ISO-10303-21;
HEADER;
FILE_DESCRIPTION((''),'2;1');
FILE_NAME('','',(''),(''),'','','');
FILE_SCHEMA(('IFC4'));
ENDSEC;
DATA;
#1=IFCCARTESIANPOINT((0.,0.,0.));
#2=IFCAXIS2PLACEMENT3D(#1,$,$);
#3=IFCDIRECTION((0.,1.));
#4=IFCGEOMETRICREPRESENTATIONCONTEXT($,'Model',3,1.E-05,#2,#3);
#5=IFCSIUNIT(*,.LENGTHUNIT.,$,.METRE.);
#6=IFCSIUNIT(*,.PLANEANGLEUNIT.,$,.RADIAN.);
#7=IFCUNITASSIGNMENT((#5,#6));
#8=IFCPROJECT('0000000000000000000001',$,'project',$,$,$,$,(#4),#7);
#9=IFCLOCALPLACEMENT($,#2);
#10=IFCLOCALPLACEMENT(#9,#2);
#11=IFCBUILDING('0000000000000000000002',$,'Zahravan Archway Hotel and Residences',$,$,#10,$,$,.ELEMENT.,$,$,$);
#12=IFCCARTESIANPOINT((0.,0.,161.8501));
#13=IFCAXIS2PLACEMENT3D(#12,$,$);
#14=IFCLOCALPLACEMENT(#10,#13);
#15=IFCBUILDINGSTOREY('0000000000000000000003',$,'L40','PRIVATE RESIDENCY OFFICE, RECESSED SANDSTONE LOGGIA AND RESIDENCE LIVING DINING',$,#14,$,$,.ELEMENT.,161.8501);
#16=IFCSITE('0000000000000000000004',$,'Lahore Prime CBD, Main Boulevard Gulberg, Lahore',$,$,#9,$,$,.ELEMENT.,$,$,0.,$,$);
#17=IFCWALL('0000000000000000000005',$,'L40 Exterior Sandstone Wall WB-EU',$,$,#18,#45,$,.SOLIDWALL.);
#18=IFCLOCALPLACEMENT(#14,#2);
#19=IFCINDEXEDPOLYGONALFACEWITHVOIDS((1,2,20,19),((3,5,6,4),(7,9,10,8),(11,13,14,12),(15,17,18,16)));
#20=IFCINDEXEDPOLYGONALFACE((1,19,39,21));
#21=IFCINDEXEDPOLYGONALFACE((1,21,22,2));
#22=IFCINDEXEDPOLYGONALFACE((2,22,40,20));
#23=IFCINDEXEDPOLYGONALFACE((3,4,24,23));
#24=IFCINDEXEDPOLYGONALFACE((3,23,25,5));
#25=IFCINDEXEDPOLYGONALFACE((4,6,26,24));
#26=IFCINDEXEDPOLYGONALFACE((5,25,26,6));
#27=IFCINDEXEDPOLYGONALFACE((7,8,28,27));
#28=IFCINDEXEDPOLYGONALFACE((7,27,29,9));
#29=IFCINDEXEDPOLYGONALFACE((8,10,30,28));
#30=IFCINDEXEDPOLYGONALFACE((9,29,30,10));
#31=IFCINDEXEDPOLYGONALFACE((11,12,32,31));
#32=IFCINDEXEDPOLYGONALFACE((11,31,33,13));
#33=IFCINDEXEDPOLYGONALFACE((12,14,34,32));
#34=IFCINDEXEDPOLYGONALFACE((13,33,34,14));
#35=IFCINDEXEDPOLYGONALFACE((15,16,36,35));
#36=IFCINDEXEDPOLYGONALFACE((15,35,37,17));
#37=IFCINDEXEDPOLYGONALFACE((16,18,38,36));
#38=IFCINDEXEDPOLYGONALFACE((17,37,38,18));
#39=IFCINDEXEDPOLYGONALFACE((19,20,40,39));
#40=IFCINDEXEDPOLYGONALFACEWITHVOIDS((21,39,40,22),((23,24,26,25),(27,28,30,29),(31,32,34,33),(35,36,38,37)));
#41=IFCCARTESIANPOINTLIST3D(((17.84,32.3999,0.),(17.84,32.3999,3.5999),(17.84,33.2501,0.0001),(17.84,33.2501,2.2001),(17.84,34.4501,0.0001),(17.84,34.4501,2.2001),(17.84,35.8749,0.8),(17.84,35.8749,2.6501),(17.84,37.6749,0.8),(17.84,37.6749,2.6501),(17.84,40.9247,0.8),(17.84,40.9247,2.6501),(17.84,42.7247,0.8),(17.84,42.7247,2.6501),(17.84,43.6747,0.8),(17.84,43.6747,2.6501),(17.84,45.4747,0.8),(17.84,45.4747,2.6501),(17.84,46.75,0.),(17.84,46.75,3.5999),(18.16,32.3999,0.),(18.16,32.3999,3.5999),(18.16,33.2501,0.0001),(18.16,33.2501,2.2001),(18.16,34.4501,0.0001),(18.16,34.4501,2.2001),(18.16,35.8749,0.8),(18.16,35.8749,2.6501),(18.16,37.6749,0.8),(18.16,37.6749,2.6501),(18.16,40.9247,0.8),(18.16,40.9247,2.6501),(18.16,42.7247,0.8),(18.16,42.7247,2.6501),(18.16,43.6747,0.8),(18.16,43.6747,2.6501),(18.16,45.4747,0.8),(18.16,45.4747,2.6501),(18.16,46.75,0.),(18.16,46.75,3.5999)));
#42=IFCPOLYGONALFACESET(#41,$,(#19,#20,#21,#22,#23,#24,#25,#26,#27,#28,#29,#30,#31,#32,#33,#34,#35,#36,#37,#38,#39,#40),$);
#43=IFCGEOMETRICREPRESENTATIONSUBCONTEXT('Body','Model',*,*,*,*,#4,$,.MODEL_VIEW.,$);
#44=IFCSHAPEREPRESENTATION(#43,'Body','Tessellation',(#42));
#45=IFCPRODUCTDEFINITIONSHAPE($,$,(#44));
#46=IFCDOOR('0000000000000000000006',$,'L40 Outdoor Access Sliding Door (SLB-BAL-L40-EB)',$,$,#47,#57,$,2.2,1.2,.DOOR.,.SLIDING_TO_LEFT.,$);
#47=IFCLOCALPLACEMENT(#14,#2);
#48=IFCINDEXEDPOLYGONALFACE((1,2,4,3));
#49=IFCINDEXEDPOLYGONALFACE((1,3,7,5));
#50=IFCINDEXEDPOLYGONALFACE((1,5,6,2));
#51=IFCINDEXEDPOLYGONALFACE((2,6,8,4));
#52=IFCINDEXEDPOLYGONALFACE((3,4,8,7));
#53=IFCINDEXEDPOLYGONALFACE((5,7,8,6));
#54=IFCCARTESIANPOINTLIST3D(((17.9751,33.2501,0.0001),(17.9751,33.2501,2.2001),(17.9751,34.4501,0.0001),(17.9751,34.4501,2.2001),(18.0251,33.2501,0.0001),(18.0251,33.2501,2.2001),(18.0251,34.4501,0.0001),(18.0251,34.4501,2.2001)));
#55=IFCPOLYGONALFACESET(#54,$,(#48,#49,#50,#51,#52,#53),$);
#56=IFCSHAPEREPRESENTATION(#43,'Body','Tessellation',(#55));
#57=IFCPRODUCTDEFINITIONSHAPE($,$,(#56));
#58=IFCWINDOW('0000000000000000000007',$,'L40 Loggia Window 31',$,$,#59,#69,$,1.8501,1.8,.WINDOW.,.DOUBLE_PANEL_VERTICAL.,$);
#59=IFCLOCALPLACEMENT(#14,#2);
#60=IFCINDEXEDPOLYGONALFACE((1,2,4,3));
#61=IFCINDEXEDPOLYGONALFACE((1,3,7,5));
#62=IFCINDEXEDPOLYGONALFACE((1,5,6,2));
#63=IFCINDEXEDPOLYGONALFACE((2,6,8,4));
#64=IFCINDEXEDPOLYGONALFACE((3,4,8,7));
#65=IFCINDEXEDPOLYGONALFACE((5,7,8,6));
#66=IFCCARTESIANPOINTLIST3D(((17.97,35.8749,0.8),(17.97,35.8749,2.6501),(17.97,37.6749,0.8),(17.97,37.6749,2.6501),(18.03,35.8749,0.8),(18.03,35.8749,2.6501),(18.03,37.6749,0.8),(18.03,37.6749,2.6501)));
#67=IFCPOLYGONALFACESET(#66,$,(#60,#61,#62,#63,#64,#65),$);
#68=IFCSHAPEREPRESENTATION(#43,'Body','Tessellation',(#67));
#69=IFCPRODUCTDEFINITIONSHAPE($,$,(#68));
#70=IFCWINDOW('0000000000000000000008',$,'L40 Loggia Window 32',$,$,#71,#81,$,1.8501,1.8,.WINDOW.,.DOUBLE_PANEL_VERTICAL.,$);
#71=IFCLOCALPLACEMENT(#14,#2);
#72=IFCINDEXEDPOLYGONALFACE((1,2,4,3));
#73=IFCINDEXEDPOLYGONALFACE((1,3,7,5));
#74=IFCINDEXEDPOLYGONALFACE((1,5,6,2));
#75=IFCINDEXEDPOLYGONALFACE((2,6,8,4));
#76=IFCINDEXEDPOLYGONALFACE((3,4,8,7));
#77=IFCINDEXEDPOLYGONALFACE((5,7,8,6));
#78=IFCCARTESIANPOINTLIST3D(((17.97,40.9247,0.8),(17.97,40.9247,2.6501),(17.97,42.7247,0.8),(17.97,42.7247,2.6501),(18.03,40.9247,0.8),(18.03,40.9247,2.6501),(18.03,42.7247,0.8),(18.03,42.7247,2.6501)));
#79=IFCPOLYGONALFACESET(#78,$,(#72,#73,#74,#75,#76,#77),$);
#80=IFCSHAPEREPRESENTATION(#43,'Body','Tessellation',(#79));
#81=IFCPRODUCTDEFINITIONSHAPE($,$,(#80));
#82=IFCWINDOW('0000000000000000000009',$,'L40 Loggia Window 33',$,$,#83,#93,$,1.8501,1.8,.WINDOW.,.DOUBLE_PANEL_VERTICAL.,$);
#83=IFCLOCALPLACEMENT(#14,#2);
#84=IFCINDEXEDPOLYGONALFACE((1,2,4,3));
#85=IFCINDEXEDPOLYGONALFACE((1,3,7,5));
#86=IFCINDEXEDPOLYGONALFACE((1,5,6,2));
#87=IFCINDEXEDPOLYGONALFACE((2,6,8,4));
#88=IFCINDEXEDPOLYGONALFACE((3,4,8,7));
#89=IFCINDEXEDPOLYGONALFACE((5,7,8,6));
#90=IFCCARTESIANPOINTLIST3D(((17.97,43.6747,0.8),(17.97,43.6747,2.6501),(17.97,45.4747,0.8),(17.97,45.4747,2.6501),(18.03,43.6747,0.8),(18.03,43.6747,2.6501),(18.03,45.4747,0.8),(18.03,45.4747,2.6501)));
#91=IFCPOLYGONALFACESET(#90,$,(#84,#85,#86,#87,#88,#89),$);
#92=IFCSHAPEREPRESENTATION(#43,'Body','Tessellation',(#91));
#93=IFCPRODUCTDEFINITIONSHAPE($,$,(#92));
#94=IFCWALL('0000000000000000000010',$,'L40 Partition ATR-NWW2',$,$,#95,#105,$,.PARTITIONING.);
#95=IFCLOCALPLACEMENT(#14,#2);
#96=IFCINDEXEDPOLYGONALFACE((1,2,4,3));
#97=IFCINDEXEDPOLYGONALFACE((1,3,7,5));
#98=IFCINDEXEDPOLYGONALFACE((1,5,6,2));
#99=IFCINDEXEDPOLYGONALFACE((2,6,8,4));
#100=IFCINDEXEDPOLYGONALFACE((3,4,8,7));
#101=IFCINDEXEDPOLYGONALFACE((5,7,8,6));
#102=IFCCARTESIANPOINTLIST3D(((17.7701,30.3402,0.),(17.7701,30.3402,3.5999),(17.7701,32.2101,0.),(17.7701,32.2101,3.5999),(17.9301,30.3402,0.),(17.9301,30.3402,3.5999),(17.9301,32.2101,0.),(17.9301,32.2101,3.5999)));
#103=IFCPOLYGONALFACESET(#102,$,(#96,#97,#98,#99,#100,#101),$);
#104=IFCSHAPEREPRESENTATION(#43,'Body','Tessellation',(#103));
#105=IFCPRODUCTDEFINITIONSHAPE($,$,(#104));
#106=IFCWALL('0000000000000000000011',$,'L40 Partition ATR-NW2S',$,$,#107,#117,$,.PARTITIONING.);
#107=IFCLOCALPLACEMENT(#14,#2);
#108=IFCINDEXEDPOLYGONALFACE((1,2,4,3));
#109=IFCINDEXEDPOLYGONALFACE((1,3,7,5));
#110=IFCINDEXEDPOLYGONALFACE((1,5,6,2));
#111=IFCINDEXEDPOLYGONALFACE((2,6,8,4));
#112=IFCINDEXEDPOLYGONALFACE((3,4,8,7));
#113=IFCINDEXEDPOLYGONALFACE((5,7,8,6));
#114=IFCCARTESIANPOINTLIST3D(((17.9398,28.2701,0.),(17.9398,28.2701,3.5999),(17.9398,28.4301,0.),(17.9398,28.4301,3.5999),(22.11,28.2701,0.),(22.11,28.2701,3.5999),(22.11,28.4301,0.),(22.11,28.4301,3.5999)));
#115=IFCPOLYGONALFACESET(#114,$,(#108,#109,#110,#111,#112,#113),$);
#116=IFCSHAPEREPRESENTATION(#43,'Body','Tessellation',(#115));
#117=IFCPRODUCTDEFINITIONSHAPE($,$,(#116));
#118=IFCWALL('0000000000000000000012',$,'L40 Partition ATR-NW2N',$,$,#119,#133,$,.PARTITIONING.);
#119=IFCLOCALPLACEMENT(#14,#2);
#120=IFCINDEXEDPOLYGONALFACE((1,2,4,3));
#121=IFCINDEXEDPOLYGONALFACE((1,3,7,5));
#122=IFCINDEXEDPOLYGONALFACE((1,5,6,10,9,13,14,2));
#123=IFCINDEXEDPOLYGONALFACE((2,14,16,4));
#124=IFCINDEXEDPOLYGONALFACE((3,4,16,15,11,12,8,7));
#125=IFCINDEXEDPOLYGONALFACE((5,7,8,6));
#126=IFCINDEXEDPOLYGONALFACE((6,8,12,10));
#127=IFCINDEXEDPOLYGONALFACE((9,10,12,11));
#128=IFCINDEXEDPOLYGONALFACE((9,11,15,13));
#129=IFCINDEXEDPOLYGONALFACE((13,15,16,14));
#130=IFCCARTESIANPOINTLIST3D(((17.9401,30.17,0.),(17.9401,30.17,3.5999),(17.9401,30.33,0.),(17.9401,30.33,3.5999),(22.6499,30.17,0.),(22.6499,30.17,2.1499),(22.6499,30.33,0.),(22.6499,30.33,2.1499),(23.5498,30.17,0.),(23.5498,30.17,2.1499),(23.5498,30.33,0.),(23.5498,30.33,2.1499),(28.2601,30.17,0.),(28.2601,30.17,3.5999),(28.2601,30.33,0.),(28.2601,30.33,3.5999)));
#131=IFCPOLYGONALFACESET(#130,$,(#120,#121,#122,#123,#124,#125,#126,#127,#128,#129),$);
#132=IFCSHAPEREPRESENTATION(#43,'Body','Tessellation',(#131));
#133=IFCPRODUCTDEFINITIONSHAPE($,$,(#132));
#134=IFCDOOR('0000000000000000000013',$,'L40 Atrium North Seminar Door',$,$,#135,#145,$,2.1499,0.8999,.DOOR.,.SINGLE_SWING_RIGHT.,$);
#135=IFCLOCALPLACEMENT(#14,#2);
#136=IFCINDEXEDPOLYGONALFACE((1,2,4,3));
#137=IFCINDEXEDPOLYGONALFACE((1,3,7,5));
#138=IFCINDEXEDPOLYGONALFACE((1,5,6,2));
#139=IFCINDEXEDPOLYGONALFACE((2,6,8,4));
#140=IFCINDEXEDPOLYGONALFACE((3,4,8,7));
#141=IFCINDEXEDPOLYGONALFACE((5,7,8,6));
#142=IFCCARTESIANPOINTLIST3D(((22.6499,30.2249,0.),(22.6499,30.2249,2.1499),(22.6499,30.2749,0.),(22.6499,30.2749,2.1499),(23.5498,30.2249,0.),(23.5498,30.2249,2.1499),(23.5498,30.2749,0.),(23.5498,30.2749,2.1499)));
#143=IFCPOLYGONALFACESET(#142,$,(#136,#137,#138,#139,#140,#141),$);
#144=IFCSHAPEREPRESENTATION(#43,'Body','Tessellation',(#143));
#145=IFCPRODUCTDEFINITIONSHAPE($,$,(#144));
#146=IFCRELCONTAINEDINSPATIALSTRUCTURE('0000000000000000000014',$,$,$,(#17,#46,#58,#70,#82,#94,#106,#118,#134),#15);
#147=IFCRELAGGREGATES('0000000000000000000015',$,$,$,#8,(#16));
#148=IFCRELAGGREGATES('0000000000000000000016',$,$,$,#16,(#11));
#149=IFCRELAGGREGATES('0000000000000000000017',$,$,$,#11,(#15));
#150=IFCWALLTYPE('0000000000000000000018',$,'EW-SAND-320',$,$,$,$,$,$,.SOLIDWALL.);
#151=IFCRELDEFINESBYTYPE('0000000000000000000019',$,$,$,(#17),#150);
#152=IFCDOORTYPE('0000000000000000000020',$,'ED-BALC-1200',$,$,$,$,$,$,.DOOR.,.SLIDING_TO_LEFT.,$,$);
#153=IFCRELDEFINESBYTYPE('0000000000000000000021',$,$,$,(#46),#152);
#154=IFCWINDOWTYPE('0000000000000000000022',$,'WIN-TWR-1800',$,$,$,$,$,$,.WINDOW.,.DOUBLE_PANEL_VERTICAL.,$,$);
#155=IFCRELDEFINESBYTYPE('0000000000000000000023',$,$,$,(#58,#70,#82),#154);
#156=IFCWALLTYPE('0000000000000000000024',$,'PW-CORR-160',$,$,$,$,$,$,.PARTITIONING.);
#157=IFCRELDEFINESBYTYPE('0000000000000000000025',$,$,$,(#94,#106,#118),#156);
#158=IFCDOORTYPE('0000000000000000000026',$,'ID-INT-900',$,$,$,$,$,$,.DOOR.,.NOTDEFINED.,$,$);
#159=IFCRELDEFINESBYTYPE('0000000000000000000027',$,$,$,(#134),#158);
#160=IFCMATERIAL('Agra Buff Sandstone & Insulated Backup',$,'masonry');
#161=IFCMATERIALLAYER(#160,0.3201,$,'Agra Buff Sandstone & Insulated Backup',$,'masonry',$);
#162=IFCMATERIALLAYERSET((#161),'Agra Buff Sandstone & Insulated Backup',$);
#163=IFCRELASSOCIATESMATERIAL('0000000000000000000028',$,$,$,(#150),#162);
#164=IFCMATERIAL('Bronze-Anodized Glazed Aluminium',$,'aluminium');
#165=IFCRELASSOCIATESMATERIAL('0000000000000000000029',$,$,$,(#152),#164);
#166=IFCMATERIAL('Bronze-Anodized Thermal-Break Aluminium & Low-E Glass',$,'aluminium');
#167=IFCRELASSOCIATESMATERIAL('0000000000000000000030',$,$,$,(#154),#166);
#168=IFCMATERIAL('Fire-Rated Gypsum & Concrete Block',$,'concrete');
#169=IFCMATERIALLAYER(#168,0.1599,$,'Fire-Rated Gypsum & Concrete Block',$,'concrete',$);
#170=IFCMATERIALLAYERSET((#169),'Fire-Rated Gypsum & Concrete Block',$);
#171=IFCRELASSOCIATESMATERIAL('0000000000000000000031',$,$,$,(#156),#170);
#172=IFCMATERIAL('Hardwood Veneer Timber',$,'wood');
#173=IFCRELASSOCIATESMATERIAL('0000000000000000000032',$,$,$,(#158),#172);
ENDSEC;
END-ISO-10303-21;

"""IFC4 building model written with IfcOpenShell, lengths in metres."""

from ifc_helpers import new_model, si_unit, direction, frame, frame_2d, origin, place, context, subcontext, project, spatial, rectangle, extrude, source, transform, mapped, material, layer, layer_set, type_object, type_shapes, element, fill, save


model = new_model("IFC4")

# Units and contexts
model_context = context("Model", 3, precision=1e-05, world=origin(), true_north=direction((0.0, 1.0)))
body_context = subcontext(model_context, "Body", "Model", "MODEL_VIEW")
ifc_project = project(units=[si_unit("LENGTHUNIT", "METRE"), si_unit("PLANEANGLEUNIT", "RADIAN")], contexts=[model_context])

# Site, building, storey
site_placement = place(None, origin())
site = spatial("IfcSite", under=ifc_project, at=site_placement, Name="Lahore Prime CBD, Main Boulevard Gulberg, Lahore", CompositionType="ELEMENT", RefElevation=0.0)
building_placement = place(site_placement, origin())
building = spatial("IfcBuilding", under=site, at=building_placement, Name="Zahravan Archway Hotel and Residences", CompositionType="ELEMENT")
storey_placement = place(building_placement, frame((0.0, 0.0, 161.8501)))
storey = spatial("IfcBuildingStorey", under=building, at=storey_placement, Name="L40", Description="PRIVATE RESIDENCY OFFICE, RECESSED SANDSTONE LOGGIA AND RESIDENCE LIVING DINING", CompositionType="ELEMENT", Elevation=161.8501)

# Wall, openings, door, windows
ifc_material_1 = material(Name="Agra Buff Sandstone & Insulated Backup", Category="masonry")
ifc_layer_1 = layer(ifc_material_1, 0.3201, Name="Agra Buff Sandstone & Insulated Backup", Category="masonry")
ifc_layer_set_1 = layer_set([ifc_layer_1], Name="Agra Buff Sandstone & Insulated Backup")
wall_type_1 = type_object("IfcWallType", Name="EW-SAND-320", PredefinedType="SOLIDWALL", material=ifc_layer_set_1)
wall_1_placement = place(storey_placement, frame((18.0, 32.3999, 0.0), z_axis=(0.0, 0.0, 1.0), x_axis=(0.0, 1.0, 0.0)))
wall_1 = element("IfcWall", 1, at=wall_1_placement, inside=storey, type_object=wall_type_1, Name="L40 Exterior Sandstone Wall WB-EU", PredefinedType="SOLIDWALL", context=body_context, shape_type="SweptSolid", body=[
    extrude(rectangle(XDim=14.3501, YDim=0.3201, at=frame_2d((7.175, 0.0))), origin(), (0.0, 0.0, 1.0), 3.5999),
])
opening_1_placement = place(wall_1_placement, frame((0.8501, 0.0, 0.0)))
opening_1 = element("IfcOpeningElement", 2, at=opening_1_placement, cuts=wall_1, PredefinedType="OPENING", context=body_context, shape_type="SweptSolid", body=[
    extrude(rectangle(XDim=1.2, YDim=2.2, at=frame_2d((0.6001, 1.1001))), frame((0.0, 0.1699, 0.0), z_axis=(0.0, -1.0, 0.0), x_axis=(1.0, 0.0, 0.0)), (0.0, 0.0, 1.0), 0.3401),
])
opening_2_placement = place(wall_1_placement, frame((3.4751, 0.0, 0.8)))
opening_2 = element("IfcOpeningElement", 3, at=opening_2_placement, cuts=wall_1, PredefinedType="OPENING", context=body_context, shape_type="SweptSolid", body=[
    extrude(rectangle(XDim=1.8, YDim=1.8501, at=frame_2d((0.8999, 0.925))), frame((0.0, 0.1699, 0.0), z_axis=(0.0, -1.0, 0.0), x_axis=(1.0, 0.0, 0.0)), (0.0, 0.0, 1.0), 0.3401),
])
opening_3_placement = place(wall_1_placement, frame((8.5249, 0.0, 0.8)))
opening_3 = element("IfcOpeningElement", 4, at=opening_3_placement, cuts=wall_1, PredefinedType="OPENING", context=body_context, shape_type="SweptSolid", body=[
    extrude(rectangle(XDim=1.8, YDim=1.8501, at=frame_2d((0.8999, 0.925))), frame((0.0, 0.1699, 0.0), z_axis=(0.0, -1.0, 0.0), x_axis=(1.0, 0.0, 0.0)), (0.0, 0.0, 1.0), 0.3401),
])
opening_4_placement = place(wall_1_placement, frame((11.2749, 0.0, 0.8)))
opening_4 = element("IfcOpeningElement", 5, at=opening_4_placement, cuts=wall_1, PredefinedType="OPENING", context=body_context, shape_type="SweptSolid", body=[
    extrude(rectangle(XDim=1.8, YDim=1.8501, at=frame_2d((0.8999, 0.925))), frame((0.0, 0.1699, 0.0), z_axis=(0.0, -1.0, 0.0), x_axis=(1.0, 0.0, 0.0)), (0.0, 0.0, 1.0), 0.3401),
])
ifc_material_2 = material(Name="Bronze-Anodized Glazed Aluminium", Category="aluminium")
door_type_1 = type_object("IfcDoorType", Name="ED-BALC-1200", OperationType="SLIDING_TO_LEFT", PredefinedType="DOOR", material=ifc_material_2)
shared_shape_1 = source(origin(), body_context, "Body", "SweptSolid", [
    extrude(rectangle(XDim=1.2, YDim=2.2, at=frame_2d((0.6001, 1.1001))), frame((0.0, 0.0249, 0.0), z_axis=(0.0, -1.0, 0.0), x_axis=(1.0, 0.0, 0.0)), (0.0, 0.0, 1.0), 0.05),
])
type_shapes(door_type_1, [shared_shape_1])
door_1_placement = place(opening_1_placement, origin())
door_1 = element("IfcDoor", 6, at=door_1_placement, inside=storey, type_object=door_type_1, Name="L40 Outdoor Access Sliding Door (SLB-BAL-L40-EB)", OperationType="SLIDING_TO_LEFT", OverallHeight=2.2, OverallWidth=1.2, PredefinedType="DOOR", context=body_context, shape_type="MappedRepresentation", body=[
    mapped(shared_shape_1, transform((0.0, 0.0, 0.0), scale=1.0)),
])
fill(opening_1, door_1)
ifc_material_3 = material(Name="Bronze-Anodized Thermal-Break Aluminium & Low-E Glass", Category="aluminium")
window_type = type_object("IfcWindowType", Name="WIN-TWR-1800", PartitioningType="DOUBLE_PANEL_VERTICAL", PredefinedType="WINDOW", material=ifc_material_3)
shared_shape_2 = source(origin(), body_context, "Body", "SweptSolid", [
    extrude(rectangle(XDim=1.8, YDim=1.8501, at=frame_2d((0.8999, 0.925))), frame((0.0, 0.03, 0.0), z_axis=(0.0, -1.0, 0.0), x_axis=(1.0, 0.0, 0.0)), (0.0, 0.0, 1.0), 0.0601),
])
type_shapes(window_type, [shared_shape_2])
window_1_placement = place(opening_2_placement, origin())
window_1 = element("IfcWindow", 7, at=window_1_placement, inside=storey, type_object=window_type, Name="L40 Loggia Window 31", OverallHeight=1.8501, OverallWidth=1.8, PartitioningType="DOUBLE_PANEL_VERTICAL", PredefinedType="WINDOW", context=body_context, shape_type="MappedRepresentation", body=[
    mapped(shared_shape_2, transform((0.0, 0.0, 0.0), scale=1.0)),
])
fill(opening_2, window_1)
window_2_placement = place(opening_3_placement, origin())
window_2 = element("IfcWindow", 8, at=window_2_placement, inside=storey, type_object=window_type, Name="L40 Loggia Window 32", OverallHeight=1.8501, OverallWidth=1.8, PartitioningType="DOUBLE_PANEL_VERTICAL", PredefinedType="WINDOW", context=body_context, shape_type="MappedRepresentation", body=[
    mapped(shared_shape_2, transform((0.0, 0.0, 0.0), scale=1.0)),
])
fill(opening_3, window_2)
window_3_placement = place(opening_4_placement, origin())
window_3 = element("IfcWindow", 9, at=window_3_placement, inside=storey, type_object=window_type, Name="L40 Loggia Window 33", OverallHeight=1.8501, OverallWidth=1.8, PartitioningType="DOUBLE_PANEL_VERTICAL", PredefinedType="WINDOW", context=body_context, shape_type="MappedRepresentation", body=[
    mapped(shared_shape_2, transform((0.0, 0.0, 0.0), scale=1.0)),
])
fill(opening_4, window_3)

# Walls
ifc_material_4 = material(Name="Fire-Rated Gypsum & Concrete Block", Category="concrete")
ifc_layer_2 = layer(ifc_material_4, 0.1599, Name="Fire-Rated Gypsum & Concrete Block", Category="concrete")
ifc_layer_set_2 = layer_set([ifc_layer_2], Name="Fire-Rated Gypsum & Concrete Block")
wall_type_2 = type_object("IfcWallType", Name="PW-CORR-160", PredefinedType="PARTITIONING", material=ifc_layer_set_2)
wall_2_placement = place(storey_placement, frame((17.8501, 30.3401, 0.0), z_axis=(0.0, 0.0, 1.0), x_axis=(0.0, 1.0, 0.0)))
element("IfcWall", 10, at=wall_2_placement, inside=storey, type_object=wall_type_2, Name="L40 Partition ATR-NWW2", PredefinedType="PARTITIONING", context=body_context, shape_type="SweptSolid", body=[
    extrude(rectangle(XDim=1.8699, YDim=0.1599, at=frame_2d((0.9351, 0.0))), origin(), (0.0, 0.0, 1.0), 3.5999),
])
wall_3_placement = place(storey_placement, frame((17.9399, 28.3501, 0.0), z_axis=(0.0, 0.0, 1.0), x_axis=(1.0, 0.0, 0.0)))
element("IfcWall", 11, at=wall_3_placement, inside=storey, type_object=wall_type_2, Name="L40 Partition ATR-NW2S", PredefinedType="PARTITIONING", context=body_context, shape_type="SweptSolid", body=[
    extrude(rectangle(XDim=4.1702, YDim=0.1599, at=frame_2d((2.085, 0.0))), origin(), (0.0, 0.0, 1.0), 3.5999),
])

# Wall, opening, door
wall_4_placement = place(storey_placement, frame((17.9399, 30.25, 0.0), z_axis=(0.0, 0.0, 1.0), x_axis=(1.0, 0.0, 0.0)))
wall_4 = element("IfcWall", 12, at=wall_4_placement, inside=storey, type_object=wall_type_2, Name="L40 Partition ATR-NW2N", PredefinedType="PARTITIONING", context=body_context, shape_type="SweptSolid", body=[
    extrude(rectangle(XDim=10.3201, YDim=0.1599, at=frame_2d((5.1602, 0.0))), origin(), (0.0, 0.0, 1.0), 3.5999),
])
opening_5_placement = place(wall_4_placement, frame((4.71, 0.0, 0.0)))
opening_5 = element("IfcOpeningElement", 13, at=opening_5_placement, cuts=wall_4, PredefinedType="OPENING", context=body_context, shape_type="SweptSolid", body=[
    extrude(rectangle(XDim=0.8999, YDim=2.1499, at=frame_2d((0.45, 1.075))), frame((0.0, 0.0898, 0.0), z_axis=(0.0, -1.0, 0.0), x_axis=(1.0, 0.0, 0.0)), (0.0, 0.0, 1.0), 0.1799),
])
ifc_material_5 = material(Name="Hardwood Veneer Timber", Category="wood")
door_type_2 = type_object("IfcDoorType", Name="ID-INT-900", OperationType="NOTDEFINED", PredefinedType="DOOR", material=ifc_material_5)
shared_shape_3 = source(origin(), body_context, "Body", "SweptSolid", [
    extrude(rectangle(XDim=0.8999, YDim=2.1499, at=frame_2d((0.45, 1.075))), frame((0.0, 0.0249, 0.0), z_axis=(0.0, -1.0, 0.0), x_axis=(1.0, 0.0, 0.0)), (0.0, 0.0, 1.0), 0.05),
])
type_shapes(door_type_2, [shared_shape_3])
door_2_placement = place(opening_5_placement, origin())
door_2 = element("IfcDoor", 14, at=door_2_placement, inside=storey, type_object=door_type_2, Name="L40 Atrium North Seminar Door", OperationType="SINGLE_SWING_RIGHT", OverallHeight=2.1499, OverallWidth=0.8999, PredefinedType="DOOR", context=body_context, shape_type="MappedRepresentation", body=[
    mapped(shared_shape_3, transform((0.0, 0.0, 0.0), scale=1.0)),
])
fill(opening_5, door_2)

save(model, "model.ifc")
